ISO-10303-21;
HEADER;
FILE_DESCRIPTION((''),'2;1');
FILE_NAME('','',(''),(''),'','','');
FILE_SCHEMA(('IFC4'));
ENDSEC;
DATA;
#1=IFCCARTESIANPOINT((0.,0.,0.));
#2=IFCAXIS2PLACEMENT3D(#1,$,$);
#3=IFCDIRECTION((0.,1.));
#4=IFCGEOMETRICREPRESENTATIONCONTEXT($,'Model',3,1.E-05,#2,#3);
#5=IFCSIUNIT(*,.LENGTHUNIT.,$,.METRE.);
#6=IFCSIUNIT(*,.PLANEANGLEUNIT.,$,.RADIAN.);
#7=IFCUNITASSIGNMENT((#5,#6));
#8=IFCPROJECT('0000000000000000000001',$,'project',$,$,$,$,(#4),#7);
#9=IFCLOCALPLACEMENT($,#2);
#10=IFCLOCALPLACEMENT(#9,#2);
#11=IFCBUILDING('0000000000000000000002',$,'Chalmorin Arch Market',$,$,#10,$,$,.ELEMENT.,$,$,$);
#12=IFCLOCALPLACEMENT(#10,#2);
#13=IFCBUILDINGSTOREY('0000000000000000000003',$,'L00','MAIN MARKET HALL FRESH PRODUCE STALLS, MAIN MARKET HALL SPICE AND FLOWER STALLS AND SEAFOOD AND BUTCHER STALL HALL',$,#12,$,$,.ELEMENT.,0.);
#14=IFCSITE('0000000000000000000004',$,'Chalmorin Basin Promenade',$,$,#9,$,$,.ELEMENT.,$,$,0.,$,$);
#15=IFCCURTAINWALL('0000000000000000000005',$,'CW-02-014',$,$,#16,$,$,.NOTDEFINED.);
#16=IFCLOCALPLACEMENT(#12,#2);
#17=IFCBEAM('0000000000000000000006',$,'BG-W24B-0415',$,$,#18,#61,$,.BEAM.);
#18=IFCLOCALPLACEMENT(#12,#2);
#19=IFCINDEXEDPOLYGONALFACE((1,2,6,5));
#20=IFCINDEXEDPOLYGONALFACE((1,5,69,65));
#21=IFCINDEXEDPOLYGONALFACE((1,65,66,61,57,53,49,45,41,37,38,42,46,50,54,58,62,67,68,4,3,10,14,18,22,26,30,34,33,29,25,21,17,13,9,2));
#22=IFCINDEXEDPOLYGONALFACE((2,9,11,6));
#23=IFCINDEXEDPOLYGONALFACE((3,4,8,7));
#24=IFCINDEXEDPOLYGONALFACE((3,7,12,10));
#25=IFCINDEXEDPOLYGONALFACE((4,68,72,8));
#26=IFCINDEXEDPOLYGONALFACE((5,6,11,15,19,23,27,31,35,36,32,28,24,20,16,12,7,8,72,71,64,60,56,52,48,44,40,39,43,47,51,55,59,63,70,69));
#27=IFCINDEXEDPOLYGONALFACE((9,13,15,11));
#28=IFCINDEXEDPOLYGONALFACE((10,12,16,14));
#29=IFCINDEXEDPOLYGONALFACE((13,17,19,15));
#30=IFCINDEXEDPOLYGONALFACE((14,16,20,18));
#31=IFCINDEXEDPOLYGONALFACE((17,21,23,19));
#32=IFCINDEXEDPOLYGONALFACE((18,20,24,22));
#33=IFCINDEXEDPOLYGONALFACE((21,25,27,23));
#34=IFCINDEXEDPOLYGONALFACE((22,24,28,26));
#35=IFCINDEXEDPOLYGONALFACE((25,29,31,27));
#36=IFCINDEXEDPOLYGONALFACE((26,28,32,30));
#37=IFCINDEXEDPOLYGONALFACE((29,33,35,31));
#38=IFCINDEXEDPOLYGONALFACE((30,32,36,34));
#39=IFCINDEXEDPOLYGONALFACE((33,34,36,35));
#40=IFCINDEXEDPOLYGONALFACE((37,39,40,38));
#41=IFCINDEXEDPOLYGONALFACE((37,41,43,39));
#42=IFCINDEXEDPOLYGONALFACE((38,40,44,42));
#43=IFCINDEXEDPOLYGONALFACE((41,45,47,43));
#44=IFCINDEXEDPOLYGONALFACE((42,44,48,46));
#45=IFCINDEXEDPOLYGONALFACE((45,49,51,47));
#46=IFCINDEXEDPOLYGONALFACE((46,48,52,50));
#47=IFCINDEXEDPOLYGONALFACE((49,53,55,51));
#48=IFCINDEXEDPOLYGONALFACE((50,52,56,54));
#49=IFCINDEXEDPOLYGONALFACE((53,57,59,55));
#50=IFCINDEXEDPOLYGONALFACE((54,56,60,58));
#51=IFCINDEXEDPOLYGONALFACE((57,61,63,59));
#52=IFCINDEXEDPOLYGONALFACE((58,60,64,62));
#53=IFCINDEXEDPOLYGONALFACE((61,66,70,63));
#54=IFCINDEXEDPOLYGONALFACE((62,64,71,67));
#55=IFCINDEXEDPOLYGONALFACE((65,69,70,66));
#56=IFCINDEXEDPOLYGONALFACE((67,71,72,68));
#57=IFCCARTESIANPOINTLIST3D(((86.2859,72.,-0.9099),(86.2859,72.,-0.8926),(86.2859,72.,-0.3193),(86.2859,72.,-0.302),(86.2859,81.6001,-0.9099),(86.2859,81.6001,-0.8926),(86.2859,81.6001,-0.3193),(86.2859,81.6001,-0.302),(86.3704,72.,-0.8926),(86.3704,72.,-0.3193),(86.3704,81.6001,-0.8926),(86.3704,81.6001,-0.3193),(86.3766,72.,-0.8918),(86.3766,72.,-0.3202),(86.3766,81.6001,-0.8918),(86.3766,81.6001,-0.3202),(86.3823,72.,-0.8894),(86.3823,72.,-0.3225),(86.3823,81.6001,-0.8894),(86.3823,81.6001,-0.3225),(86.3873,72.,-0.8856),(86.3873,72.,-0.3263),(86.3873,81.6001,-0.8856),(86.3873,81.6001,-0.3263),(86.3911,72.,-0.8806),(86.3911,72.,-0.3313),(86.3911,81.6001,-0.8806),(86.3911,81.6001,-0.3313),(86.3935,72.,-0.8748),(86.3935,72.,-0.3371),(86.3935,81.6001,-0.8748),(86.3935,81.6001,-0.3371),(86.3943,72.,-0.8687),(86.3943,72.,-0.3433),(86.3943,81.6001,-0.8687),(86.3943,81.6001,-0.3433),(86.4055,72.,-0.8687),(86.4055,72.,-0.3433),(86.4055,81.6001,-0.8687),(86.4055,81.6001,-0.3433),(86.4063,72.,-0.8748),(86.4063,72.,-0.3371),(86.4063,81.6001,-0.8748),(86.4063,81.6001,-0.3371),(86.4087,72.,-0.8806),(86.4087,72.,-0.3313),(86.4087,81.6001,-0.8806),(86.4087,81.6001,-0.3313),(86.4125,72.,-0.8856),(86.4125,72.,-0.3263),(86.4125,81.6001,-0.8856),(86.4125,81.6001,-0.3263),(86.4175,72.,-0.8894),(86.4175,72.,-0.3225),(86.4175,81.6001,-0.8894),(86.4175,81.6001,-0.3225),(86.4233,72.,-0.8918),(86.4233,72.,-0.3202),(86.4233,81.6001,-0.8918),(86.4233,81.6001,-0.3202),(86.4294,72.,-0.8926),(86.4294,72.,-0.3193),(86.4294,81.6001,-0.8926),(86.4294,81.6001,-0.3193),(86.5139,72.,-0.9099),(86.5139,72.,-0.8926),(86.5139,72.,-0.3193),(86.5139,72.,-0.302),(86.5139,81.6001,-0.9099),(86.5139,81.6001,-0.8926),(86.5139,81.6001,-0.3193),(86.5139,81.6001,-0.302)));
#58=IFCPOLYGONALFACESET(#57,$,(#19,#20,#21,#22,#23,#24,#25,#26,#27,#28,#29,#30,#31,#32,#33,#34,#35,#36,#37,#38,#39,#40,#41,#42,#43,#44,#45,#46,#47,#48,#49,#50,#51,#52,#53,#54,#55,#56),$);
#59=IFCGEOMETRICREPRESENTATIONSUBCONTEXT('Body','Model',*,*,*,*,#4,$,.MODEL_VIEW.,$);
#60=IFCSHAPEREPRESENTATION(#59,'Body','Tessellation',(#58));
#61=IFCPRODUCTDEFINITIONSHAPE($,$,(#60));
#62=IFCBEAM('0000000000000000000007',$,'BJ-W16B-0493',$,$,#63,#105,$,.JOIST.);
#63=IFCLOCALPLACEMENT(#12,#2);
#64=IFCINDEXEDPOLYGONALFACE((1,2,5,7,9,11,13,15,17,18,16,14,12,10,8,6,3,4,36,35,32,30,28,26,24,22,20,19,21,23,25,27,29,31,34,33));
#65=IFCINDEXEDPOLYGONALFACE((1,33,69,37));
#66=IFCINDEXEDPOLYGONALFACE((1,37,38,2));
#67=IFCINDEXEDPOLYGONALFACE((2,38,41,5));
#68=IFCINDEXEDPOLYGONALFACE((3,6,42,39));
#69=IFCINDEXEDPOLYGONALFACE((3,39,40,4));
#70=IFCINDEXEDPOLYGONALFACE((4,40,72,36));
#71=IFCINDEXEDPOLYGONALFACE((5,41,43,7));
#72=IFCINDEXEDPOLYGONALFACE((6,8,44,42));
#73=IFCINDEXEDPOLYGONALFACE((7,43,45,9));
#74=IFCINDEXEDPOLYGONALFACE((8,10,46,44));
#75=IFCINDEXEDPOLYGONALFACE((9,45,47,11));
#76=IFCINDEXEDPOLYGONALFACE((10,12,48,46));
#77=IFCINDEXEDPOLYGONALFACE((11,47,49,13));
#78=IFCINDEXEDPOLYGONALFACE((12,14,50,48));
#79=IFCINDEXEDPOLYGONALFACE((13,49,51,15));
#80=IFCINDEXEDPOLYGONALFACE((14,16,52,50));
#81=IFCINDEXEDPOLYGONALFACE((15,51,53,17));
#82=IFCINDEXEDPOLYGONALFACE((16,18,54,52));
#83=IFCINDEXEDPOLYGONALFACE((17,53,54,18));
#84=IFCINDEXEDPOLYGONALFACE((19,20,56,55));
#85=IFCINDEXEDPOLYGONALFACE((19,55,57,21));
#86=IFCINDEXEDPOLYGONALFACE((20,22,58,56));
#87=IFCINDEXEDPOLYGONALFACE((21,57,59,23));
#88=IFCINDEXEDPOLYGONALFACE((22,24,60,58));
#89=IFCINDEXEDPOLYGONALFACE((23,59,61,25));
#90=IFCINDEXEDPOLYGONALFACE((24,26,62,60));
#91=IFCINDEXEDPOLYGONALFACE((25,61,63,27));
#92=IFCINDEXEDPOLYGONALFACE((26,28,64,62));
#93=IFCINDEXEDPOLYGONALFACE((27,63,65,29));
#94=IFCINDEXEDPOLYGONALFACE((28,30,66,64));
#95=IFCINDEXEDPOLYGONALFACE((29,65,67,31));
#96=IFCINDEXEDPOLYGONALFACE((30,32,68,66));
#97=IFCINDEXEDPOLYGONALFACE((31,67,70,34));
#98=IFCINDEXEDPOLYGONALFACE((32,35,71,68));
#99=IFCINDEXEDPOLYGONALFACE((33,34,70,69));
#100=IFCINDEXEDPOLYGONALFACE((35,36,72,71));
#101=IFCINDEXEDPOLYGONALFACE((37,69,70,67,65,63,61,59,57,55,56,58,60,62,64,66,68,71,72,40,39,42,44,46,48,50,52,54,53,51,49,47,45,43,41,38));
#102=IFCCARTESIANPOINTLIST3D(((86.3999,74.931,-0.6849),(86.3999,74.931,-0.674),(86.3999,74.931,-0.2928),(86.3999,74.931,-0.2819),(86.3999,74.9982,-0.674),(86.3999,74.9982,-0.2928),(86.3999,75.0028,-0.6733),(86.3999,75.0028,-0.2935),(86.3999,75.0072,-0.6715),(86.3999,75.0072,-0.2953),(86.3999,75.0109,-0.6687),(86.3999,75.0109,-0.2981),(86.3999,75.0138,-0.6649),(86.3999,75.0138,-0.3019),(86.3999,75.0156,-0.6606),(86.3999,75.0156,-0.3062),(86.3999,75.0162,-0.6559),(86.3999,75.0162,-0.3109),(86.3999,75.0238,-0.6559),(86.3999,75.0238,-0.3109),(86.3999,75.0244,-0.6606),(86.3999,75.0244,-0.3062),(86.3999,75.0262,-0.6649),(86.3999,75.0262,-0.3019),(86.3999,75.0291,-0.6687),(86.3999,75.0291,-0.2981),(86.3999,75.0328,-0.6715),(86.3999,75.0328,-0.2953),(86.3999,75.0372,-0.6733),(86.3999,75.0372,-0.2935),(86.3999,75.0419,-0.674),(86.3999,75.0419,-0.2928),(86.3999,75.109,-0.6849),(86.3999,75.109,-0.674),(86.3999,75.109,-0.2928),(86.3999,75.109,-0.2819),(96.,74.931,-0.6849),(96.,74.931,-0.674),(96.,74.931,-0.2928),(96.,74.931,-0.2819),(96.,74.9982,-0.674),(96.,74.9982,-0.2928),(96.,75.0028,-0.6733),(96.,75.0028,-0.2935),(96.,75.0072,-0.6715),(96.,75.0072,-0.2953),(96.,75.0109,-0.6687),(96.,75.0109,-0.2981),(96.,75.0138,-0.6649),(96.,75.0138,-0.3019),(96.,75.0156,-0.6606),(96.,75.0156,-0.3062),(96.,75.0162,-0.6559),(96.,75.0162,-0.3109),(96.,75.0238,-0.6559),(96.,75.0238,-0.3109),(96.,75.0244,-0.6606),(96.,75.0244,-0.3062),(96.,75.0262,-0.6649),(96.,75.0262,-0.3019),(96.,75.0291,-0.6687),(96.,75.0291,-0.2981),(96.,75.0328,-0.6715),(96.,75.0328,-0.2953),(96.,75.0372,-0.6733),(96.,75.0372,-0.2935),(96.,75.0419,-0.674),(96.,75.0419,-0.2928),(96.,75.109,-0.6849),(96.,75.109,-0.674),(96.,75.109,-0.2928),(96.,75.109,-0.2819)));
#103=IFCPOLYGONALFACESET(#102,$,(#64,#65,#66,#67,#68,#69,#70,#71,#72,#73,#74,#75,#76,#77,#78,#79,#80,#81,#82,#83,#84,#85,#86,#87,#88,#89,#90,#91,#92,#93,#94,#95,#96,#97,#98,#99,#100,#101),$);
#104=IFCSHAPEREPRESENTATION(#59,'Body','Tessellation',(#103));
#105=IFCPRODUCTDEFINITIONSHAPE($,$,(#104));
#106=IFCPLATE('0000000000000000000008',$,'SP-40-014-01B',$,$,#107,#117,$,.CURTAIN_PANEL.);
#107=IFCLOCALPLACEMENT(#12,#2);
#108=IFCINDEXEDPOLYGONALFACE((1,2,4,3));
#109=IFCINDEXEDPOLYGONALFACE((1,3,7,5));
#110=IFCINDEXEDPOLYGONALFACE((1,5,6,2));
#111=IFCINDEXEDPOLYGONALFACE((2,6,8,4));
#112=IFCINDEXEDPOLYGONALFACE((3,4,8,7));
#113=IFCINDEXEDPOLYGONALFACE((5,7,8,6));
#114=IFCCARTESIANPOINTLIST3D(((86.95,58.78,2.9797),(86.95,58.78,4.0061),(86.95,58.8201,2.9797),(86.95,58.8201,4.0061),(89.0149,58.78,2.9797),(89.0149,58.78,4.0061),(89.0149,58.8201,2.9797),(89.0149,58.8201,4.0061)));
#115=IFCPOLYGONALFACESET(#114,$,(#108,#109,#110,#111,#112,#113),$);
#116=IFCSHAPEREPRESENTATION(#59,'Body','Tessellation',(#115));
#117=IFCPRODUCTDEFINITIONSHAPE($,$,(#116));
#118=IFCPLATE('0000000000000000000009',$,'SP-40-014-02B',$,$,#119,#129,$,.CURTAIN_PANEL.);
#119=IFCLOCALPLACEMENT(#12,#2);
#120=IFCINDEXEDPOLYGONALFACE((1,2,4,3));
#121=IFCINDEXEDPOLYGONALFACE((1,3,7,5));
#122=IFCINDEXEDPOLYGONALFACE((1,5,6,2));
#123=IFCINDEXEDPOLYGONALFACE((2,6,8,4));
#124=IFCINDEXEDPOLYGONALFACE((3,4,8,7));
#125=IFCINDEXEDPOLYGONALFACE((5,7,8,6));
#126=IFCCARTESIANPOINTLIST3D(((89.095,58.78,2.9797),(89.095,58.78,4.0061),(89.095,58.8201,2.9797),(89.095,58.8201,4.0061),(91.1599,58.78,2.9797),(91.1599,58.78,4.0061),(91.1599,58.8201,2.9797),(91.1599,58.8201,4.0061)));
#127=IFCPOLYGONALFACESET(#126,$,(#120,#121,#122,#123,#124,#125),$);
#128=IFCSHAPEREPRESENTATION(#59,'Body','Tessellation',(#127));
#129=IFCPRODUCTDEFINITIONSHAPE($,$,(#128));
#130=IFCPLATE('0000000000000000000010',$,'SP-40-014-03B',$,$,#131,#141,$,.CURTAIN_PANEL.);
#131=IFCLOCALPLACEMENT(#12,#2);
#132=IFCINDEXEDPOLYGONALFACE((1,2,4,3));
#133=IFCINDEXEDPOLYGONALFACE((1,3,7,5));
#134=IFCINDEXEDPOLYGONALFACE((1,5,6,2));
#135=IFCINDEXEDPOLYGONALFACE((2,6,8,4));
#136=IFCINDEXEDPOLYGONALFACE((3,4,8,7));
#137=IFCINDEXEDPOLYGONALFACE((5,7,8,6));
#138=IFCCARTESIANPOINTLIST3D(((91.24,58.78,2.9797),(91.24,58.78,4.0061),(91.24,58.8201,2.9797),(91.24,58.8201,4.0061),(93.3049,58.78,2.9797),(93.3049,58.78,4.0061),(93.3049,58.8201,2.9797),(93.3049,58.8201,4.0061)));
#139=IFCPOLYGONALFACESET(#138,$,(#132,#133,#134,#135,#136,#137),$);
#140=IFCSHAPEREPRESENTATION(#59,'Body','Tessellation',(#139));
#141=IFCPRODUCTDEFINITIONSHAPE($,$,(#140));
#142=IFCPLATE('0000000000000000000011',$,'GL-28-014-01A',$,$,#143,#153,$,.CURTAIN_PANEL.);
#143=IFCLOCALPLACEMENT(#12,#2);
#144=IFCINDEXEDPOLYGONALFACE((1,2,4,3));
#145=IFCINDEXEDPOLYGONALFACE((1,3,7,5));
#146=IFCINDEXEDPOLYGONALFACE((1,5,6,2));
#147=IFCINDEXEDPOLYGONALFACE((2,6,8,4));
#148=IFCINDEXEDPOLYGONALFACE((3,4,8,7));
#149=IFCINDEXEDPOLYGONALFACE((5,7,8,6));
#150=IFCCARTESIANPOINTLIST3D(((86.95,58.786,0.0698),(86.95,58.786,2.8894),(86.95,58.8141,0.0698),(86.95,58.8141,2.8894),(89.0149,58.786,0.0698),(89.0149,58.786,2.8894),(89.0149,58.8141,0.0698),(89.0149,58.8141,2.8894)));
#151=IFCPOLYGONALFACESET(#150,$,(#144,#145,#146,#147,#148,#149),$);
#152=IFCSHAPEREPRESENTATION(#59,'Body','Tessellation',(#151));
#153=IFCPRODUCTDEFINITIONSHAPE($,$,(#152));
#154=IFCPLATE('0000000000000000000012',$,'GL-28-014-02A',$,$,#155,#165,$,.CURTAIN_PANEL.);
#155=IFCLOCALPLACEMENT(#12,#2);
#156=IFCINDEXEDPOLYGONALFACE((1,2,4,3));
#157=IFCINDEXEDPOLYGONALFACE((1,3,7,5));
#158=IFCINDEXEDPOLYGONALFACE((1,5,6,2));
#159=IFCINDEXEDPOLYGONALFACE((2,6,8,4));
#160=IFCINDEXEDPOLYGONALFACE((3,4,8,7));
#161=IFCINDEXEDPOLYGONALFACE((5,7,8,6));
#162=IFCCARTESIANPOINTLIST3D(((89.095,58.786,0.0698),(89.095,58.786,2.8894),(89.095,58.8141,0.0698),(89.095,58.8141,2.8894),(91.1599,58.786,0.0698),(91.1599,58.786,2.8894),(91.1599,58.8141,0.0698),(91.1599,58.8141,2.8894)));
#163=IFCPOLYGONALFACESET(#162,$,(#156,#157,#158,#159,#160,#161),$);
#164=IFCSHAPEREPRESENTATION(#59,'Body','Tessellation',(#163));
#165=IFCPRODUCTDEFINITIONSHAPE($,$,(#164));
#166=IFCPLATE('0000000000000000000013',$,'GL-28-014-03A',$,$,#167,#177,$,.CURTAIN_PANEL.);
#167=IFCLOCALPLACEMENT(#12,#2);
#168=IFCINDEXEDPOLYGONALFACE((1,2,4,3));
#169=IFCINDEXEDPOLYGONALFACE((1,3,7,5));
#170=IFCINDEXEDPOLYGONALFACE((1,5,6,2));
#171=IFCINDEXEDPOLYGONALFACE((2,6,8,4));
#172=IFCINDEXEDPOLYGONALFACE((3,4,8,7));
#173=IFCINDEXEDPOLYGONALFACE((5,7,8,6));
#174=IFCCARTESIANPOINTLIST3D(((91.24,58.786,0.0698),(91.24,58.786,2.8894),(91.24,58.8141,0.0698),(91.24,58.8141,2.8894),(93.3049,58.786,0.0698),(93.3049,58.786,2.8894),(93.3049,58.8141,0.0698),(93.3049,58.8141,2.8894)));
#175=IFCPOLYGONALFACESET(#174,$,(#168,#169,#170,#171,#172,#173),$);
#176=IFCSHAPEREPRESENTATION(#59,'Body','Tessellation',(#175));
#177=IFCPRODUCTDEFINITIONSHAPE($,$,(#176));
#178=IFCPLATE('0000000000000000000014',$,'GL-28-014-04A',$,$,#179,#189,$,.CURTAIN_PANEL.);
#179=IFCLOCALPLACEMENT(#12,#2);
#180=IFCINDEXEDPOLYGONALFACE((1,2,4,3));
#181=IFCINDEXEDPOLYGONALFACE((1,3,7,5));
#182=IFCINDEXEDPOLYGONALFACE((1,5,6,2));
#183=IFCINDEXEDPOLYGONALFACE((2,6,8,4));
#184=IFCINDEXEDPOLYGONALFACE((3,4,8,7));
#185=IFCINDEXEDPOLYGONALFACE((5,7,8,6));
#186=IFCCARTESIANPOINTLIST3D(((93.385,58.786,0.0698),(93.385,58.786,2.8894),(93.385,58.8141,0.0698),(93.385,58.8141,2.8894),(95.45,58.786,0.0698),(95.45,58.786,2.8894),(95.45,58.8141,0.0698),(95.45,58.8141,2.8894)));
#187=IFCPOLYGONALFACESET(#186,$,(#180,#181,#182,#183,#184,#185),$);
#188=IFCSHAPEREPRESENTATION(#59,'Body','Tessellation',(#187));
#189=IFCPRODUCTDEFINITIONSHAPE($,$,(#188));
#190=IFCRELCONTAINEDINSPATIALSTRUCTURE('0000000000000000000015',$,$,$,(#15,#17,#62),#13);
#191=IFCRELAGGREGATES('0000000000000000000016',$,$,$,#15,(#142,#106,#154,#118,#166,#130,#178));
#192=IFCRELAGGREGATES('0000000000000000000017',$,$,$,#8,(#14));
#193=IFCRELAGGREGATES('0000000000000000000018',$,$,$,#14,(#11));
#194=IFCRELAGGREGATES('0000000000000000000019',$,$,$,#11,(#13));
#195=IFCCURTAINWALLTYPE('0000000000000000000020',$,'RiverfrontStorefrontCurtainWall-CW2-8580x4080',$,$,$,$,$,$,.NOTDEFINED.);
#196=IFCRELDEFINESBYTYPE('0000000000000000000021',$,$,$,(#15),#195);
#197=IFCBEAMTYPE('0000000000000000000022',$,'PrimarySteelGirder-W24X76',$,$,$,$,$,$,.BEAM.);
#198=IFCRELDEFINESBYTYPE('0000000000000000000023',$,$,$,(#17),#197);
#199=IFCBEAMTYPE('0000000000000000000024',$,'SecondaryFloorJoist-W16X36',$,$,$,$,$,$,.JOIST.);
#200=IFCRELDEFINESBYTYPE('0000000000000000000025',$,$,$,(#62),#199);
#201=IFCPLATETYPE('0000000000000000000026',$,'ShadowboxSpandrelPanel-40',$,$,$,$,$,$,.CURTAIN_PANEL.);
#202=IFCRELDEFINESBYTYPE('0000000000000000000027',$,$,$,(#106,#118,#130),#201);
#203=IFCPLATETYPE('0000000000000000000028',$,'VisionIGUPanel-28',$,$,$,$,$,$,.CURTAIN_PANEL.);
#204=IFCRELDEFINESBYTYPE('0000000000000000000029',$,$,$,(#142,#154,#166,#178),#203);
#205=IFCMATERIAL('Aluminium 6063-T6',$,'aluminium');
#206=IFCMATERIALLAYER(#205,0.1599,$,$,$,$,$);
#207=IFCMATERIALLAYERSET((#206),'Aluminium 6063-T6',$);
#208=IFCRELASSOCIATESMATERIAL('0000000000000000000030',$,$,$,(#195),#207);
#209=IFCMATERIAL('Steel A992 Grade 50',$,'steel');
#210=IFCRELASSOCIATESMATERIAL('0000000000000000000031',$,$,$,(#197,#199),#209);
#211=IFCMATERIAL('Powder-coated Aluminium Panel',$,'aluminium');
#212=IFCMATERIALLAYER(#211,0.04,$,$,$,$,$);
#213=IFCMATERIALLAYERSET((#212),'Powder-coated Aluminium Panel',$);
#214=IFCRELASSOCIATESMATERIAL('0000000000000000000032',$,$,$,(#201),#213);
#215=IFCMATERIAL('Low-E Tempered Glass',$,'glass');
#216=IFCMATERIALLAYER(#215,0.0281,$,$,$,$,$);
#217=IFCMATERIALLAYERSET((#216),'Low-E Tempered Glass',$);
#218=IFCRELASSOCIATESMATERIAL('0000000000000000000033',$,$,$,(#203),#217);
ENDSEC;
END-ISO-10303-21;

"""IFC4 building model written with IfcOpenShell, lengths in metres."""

from ifc_helpers import new_model, si_unit, direction, frame, origin, origin_2d, place, context, subcontext, project, spatial, rectangle, i_section, extrude, material, layer, layer_set, material_profile, profile_set, type_object, element, aggregate, save


model = new_model("IFC4")

# Units and contexts
model_context = context("Model", 3, precision=1e-05, world=origin(), true_north=direction((0.0, 1.0)))
body_context = subcontext(model_context, "Body", "Model", "MODEL_VIEW")
ifc_project = project(units=[si_unit("LENGTHUNIT", "METRE"), si_unit("PLANEANGLEUNIT", "RADIAN")], contexts=[model_context])

# Site, building, storey
site_placement = place(None, origin())
site = spatial("IfcSite", under=ifc_project, at=site_placement, Name="Chalmorin Basin Promenade", CompositionType="ELEMENT", RefElevation=0.0)
building_placement = place(site_placement, origin())
building = spatial("IfcBuilding", under=site, at=building_placement, Name="Chalmorin Arch Market", CompositionType="ELEMENT")
storey_placement = place(building_placement, origin())
storey = spatial("IfcBuildingStorey", under=building, at=storey_placement, Name="L00", Description="MAIN MARKET HALL FRESH PRODUCE STALLS, MAIN MARKET HALL SPICE AND FLOWER STALLS AND SEAFOOD AND BUTCHER STALL HALL", CompositionType="ELEMENT", Elevation=0.0)

# Curtain wall
ifc_material_1 = material(Name="Aluminium 6063-T6", Category="aluminium")
ifc_layer_1 = layer(ifc_material_1, 0.1599)
ifc_layer_set_1 = layer_set([ifc_layer_1], Name="Aluminium 6063-T6")
curtain_wall_type = type_object("IfcCurtainWallType", Name="RiverfrontStorefrontCurtainWall-CW2-8580x4080", PredefinedType="NOTDEFINED", material=ifc_layer_set_1)
curtain_wall_placement = place(storey_placement, origin())
curtain_wall = element("IfcCurtainWall", 1, at=curtain_wall_placement, inside=storey, type_object=curtain_wall_type, Name="CW-02-014", PredefinedType="NOTDEFINED")

# Beams
ifc_material_2 = material(Name="Steel A992 Grade 50", Category="steel")
ifc_material_profile_1 = material_profile(ifc_material_2, i_section(OverallWidth=0.228, OverallDepth=0.6079, WebThickness=0.0112, FlangeThickness=0.0173, FilletRadius=0.0239, at=origin_2d()), Name="W24X76")
ifc_profile_set_1 = profile_set([ifc_material_profile_1], Name="Steel A992 Grade 50")
beam_type_1 = type_object("IfcBeamType", Name="PrimarySteelGirder-W24X76", PredefinedType="BEAM", material=ifc_profile_set_1)
beam_1_placement = place(storey_placement, frame((86.3999, 72.0, -0.606), z_axis=(0.0, 1.0, 0.0), x_axis=(-1.0, 0.0, 0.0)))
element("IfcBeam", 2, at=beam_1_placement, inside=storey, type_object=beam_type_1, Name="BG-W24B-0415", PredefinedType="BEAM", context=body_context, shape_type="SweptSolid", body=[
    extrude(i_section(OverallWidth=0.228, OverallDepth=0.6079, WebThickness=0.0112, FlangeThickness=0.0173, FilletRadius=0.0239, at=origin_2d()), origin(), (0.0, 0.0, 1.0), 9.6001),
])
ifc_material_profile_2 = material_profile(ifc_material_2, i_section(OverallWidth=0.178, OverallDepth=0.4031, WebThickness=0.0076, FlangeThickness=0.011, FilletRadius=0.0181, at=origin_2d()), Name="W16X36")
ifc_profile_set_2 = profile_set([ifc_material_profile_2], Name="Steel A992 Grade 50")
beam_type_2 = type_object("IfcBeamType", Name="SecondaryFloorJoist-W16X36", PredefinedType="JOIST", material=ifc_profile_set_2)
beam_2_placement = place(storey_placement, frame((86.3999, 75.02, -0.4834), z_axis=(1.0, 0.0, 0.0), x_axis=(0.0, 1.0, 0.0)))
element("IfcBeam", 3, at=beam_2_placement, inside=storey, type_object=beam_type_2, Name="BJ-W16B-0493", PredefinedType="JOIST", context=body_context, shape_type="SweptSolid", body=[
    extrude(i_section(OverallWidth=0.178, OverallDepth=0.4031, WebThickness=0.0076, FlangeThickness=0.011, FilletRadius=0.0181, at=origin_2d()), origin(), (0.0, 0.0, 1.0), 9.6001),
])

# Plates
ifc_material_3 = material(Name="Powder-coated Aluminium Panel", Category="aluminium")
ifc_layer_2 = layer(ifc_material_3, 0.04)
ifc_layer_set_2 = layer_set([ifc_layer_2], Name="Powder-coated Aluminium Panel")
plate_type_1 = type_object("IfcPlateType", Name="ShadowboxSpandrelPanel-40", PredefinedType="CURTAIN_PANEL", material=ifc_layer_set_2)
plate_1_placement = place(storey_placement, frame((87.9824, 58.8, 2.9797), z_axis=(0.0, 0.0, 1.0), x_axis=(1.0, 0.0, 0.0)))
plate_1 = element("IfcPlate", 4, at=plate_1_placement, type_object=plate_type_1, Name="SP-40-014-01B", PredefinedType="CURTAIN_PANEL", context=body_context, shape_type="SweptSolid", body=[
    extrude(rectangle(XDim=2.0649, YDim=0.04, at=origin_2d()), origin(), (0.0, 0.0, 1.0), 1.0264),
])
plate_2_placement = place(storey_placement, frame((90.1274, 58.8, 2.9797), z_axis=(0.0, 0.0, 1.0), x_axis=(1.0, 0.0, 0.0)))
plate_2 = element("IfcPlate", 5, at=plate_2_placement, type_object=plate_type_1, Name="SP-40-014-02B", PredefinedType="CURTAIN_PANEL", context=body_context, shape_type="SweptSolid", body=[
    extrude(rectangle(XDim=2.0649, YDim=0.04, at=origin_2d()), origin(), (0.0, 0.0, 1.0), 1.0264),
])
plate_3_placement = place(storey_placement, frame((92.2725, 58.8, 2.9797), z_axis=(0.0, 0.0, 1.0), x_axis=(1.0, 0.0, 0.0)))
plate_3 = element("IfcPlate", 6, at=plate_3_placement, type_object=plate_type_1, Name="SP-40-014-03B", PredefinedType="CURTAIN_PANEL", context=body_context, shape_type="SweptSolid", body=[
    extrude(rectangle(XDim=2.0649, YDim=0.04, at=origin_2d()), origin(), (0.0, 0.0, 1.0), 1.0264),
])
ifc_material_4 = material(Name="Low-E Tempered Glass", Category="glass")
ifc_layer_3 = layer(ifc_material_4, 0.0281)
ifc_layer_set_3 = layer_set([ifc_layer_3], Name="Low-E Tempered Glass")
plate_type_2 = type_object("IfcPlateType", Name="VisionIGUPanel-28", PredefinedType="CURTAIN_PANEL", material=ifc_layer_set_3)
plate_4_placement = place(storey_placement, frame((87.9824, 58.8, 0.0698), z_axis=(0.0, 0.0, 1.0), x_axis=(1.0, 0.0, 0.0)))
plate_4 = element("IfcPlate", 7, at=plate_4_placement, type_object=plate_type_2, Name="GL-28-014-01A", PredefinedType="CURTAIN_PANEL", context=body_context, shape_type="SweptSolid", body=[
    extrude(rectangle(XDim=2.0649, YDim=0.0281, at=origin_2d()), origin(), (0.0, 0.0, 1.0), 2.8196),
])
plate_5_placement = place(storey_placement, frame((90.1274, 58.8, 0.0698), z_axis=(0.0, 0.0, 1.0), x_axis=(1.0, 0.0, 0.0)))
plate_5 = element("IfcPlate", 8, at=plate_5_placement, type_object=plate_type_2, Name="GL-28-014-02A", PredefinedType="CURTAIN_PANEL", context=body_context, shape_type="SweptSolid", body=[
    extrude(rectangle(XDim=2.0649, YDim=0.0281, at=origin_2d()), origin(), (0.0, 0.0, 1.0), 2.8196),
])
plate_6_placement = place(storey_placement, frame((92.2725, 58.8, 0.0698), z_axis=(0.0, 0.0, 1.0), x_axis=(1.0, 0.0, 0.0)))
plate_6 = element("IfcPlate", 9, at=plate_6_placement, type_object=plate_type_2, Name="GL-28-014-03A", PredefinedType="CURTAIN_PANEL", context=body_context, shape_type="SweptSolid", body=[
    extrude(rectangle(XDim=2.0649, YDim=0.0281, at=origin_2d()), origin(), (0.0, 0.0, 1.0), 2.8196),
])
plate_7_placement = place(storey_placement, frame((94.4175, 58.8, 0.0698), z_axis=(0.0, 0.0, 1.0), x_axis=(1.0, 0.0, 0.0)))
plate_7 = element("IfcPlate", 10, at=plate_7_placement, type_object=plate_type_2, Name="GL-28-014-04A", PredefinedType="CURTAIN_PANEL", context=body_context, shape_type="SweptSolid", body=[
    extrude(rectangle(XDim=2.0649, YDim=0.0281, at=origin_2d()), origin(), (0.0, 0.0, 1.0), 2.8196),
])
aggregate(curtain_wall, [plate_4, plate_1, plate_5, plate_2, plate_6, plate_3, plate_7])

save(model, "model.ifc")
